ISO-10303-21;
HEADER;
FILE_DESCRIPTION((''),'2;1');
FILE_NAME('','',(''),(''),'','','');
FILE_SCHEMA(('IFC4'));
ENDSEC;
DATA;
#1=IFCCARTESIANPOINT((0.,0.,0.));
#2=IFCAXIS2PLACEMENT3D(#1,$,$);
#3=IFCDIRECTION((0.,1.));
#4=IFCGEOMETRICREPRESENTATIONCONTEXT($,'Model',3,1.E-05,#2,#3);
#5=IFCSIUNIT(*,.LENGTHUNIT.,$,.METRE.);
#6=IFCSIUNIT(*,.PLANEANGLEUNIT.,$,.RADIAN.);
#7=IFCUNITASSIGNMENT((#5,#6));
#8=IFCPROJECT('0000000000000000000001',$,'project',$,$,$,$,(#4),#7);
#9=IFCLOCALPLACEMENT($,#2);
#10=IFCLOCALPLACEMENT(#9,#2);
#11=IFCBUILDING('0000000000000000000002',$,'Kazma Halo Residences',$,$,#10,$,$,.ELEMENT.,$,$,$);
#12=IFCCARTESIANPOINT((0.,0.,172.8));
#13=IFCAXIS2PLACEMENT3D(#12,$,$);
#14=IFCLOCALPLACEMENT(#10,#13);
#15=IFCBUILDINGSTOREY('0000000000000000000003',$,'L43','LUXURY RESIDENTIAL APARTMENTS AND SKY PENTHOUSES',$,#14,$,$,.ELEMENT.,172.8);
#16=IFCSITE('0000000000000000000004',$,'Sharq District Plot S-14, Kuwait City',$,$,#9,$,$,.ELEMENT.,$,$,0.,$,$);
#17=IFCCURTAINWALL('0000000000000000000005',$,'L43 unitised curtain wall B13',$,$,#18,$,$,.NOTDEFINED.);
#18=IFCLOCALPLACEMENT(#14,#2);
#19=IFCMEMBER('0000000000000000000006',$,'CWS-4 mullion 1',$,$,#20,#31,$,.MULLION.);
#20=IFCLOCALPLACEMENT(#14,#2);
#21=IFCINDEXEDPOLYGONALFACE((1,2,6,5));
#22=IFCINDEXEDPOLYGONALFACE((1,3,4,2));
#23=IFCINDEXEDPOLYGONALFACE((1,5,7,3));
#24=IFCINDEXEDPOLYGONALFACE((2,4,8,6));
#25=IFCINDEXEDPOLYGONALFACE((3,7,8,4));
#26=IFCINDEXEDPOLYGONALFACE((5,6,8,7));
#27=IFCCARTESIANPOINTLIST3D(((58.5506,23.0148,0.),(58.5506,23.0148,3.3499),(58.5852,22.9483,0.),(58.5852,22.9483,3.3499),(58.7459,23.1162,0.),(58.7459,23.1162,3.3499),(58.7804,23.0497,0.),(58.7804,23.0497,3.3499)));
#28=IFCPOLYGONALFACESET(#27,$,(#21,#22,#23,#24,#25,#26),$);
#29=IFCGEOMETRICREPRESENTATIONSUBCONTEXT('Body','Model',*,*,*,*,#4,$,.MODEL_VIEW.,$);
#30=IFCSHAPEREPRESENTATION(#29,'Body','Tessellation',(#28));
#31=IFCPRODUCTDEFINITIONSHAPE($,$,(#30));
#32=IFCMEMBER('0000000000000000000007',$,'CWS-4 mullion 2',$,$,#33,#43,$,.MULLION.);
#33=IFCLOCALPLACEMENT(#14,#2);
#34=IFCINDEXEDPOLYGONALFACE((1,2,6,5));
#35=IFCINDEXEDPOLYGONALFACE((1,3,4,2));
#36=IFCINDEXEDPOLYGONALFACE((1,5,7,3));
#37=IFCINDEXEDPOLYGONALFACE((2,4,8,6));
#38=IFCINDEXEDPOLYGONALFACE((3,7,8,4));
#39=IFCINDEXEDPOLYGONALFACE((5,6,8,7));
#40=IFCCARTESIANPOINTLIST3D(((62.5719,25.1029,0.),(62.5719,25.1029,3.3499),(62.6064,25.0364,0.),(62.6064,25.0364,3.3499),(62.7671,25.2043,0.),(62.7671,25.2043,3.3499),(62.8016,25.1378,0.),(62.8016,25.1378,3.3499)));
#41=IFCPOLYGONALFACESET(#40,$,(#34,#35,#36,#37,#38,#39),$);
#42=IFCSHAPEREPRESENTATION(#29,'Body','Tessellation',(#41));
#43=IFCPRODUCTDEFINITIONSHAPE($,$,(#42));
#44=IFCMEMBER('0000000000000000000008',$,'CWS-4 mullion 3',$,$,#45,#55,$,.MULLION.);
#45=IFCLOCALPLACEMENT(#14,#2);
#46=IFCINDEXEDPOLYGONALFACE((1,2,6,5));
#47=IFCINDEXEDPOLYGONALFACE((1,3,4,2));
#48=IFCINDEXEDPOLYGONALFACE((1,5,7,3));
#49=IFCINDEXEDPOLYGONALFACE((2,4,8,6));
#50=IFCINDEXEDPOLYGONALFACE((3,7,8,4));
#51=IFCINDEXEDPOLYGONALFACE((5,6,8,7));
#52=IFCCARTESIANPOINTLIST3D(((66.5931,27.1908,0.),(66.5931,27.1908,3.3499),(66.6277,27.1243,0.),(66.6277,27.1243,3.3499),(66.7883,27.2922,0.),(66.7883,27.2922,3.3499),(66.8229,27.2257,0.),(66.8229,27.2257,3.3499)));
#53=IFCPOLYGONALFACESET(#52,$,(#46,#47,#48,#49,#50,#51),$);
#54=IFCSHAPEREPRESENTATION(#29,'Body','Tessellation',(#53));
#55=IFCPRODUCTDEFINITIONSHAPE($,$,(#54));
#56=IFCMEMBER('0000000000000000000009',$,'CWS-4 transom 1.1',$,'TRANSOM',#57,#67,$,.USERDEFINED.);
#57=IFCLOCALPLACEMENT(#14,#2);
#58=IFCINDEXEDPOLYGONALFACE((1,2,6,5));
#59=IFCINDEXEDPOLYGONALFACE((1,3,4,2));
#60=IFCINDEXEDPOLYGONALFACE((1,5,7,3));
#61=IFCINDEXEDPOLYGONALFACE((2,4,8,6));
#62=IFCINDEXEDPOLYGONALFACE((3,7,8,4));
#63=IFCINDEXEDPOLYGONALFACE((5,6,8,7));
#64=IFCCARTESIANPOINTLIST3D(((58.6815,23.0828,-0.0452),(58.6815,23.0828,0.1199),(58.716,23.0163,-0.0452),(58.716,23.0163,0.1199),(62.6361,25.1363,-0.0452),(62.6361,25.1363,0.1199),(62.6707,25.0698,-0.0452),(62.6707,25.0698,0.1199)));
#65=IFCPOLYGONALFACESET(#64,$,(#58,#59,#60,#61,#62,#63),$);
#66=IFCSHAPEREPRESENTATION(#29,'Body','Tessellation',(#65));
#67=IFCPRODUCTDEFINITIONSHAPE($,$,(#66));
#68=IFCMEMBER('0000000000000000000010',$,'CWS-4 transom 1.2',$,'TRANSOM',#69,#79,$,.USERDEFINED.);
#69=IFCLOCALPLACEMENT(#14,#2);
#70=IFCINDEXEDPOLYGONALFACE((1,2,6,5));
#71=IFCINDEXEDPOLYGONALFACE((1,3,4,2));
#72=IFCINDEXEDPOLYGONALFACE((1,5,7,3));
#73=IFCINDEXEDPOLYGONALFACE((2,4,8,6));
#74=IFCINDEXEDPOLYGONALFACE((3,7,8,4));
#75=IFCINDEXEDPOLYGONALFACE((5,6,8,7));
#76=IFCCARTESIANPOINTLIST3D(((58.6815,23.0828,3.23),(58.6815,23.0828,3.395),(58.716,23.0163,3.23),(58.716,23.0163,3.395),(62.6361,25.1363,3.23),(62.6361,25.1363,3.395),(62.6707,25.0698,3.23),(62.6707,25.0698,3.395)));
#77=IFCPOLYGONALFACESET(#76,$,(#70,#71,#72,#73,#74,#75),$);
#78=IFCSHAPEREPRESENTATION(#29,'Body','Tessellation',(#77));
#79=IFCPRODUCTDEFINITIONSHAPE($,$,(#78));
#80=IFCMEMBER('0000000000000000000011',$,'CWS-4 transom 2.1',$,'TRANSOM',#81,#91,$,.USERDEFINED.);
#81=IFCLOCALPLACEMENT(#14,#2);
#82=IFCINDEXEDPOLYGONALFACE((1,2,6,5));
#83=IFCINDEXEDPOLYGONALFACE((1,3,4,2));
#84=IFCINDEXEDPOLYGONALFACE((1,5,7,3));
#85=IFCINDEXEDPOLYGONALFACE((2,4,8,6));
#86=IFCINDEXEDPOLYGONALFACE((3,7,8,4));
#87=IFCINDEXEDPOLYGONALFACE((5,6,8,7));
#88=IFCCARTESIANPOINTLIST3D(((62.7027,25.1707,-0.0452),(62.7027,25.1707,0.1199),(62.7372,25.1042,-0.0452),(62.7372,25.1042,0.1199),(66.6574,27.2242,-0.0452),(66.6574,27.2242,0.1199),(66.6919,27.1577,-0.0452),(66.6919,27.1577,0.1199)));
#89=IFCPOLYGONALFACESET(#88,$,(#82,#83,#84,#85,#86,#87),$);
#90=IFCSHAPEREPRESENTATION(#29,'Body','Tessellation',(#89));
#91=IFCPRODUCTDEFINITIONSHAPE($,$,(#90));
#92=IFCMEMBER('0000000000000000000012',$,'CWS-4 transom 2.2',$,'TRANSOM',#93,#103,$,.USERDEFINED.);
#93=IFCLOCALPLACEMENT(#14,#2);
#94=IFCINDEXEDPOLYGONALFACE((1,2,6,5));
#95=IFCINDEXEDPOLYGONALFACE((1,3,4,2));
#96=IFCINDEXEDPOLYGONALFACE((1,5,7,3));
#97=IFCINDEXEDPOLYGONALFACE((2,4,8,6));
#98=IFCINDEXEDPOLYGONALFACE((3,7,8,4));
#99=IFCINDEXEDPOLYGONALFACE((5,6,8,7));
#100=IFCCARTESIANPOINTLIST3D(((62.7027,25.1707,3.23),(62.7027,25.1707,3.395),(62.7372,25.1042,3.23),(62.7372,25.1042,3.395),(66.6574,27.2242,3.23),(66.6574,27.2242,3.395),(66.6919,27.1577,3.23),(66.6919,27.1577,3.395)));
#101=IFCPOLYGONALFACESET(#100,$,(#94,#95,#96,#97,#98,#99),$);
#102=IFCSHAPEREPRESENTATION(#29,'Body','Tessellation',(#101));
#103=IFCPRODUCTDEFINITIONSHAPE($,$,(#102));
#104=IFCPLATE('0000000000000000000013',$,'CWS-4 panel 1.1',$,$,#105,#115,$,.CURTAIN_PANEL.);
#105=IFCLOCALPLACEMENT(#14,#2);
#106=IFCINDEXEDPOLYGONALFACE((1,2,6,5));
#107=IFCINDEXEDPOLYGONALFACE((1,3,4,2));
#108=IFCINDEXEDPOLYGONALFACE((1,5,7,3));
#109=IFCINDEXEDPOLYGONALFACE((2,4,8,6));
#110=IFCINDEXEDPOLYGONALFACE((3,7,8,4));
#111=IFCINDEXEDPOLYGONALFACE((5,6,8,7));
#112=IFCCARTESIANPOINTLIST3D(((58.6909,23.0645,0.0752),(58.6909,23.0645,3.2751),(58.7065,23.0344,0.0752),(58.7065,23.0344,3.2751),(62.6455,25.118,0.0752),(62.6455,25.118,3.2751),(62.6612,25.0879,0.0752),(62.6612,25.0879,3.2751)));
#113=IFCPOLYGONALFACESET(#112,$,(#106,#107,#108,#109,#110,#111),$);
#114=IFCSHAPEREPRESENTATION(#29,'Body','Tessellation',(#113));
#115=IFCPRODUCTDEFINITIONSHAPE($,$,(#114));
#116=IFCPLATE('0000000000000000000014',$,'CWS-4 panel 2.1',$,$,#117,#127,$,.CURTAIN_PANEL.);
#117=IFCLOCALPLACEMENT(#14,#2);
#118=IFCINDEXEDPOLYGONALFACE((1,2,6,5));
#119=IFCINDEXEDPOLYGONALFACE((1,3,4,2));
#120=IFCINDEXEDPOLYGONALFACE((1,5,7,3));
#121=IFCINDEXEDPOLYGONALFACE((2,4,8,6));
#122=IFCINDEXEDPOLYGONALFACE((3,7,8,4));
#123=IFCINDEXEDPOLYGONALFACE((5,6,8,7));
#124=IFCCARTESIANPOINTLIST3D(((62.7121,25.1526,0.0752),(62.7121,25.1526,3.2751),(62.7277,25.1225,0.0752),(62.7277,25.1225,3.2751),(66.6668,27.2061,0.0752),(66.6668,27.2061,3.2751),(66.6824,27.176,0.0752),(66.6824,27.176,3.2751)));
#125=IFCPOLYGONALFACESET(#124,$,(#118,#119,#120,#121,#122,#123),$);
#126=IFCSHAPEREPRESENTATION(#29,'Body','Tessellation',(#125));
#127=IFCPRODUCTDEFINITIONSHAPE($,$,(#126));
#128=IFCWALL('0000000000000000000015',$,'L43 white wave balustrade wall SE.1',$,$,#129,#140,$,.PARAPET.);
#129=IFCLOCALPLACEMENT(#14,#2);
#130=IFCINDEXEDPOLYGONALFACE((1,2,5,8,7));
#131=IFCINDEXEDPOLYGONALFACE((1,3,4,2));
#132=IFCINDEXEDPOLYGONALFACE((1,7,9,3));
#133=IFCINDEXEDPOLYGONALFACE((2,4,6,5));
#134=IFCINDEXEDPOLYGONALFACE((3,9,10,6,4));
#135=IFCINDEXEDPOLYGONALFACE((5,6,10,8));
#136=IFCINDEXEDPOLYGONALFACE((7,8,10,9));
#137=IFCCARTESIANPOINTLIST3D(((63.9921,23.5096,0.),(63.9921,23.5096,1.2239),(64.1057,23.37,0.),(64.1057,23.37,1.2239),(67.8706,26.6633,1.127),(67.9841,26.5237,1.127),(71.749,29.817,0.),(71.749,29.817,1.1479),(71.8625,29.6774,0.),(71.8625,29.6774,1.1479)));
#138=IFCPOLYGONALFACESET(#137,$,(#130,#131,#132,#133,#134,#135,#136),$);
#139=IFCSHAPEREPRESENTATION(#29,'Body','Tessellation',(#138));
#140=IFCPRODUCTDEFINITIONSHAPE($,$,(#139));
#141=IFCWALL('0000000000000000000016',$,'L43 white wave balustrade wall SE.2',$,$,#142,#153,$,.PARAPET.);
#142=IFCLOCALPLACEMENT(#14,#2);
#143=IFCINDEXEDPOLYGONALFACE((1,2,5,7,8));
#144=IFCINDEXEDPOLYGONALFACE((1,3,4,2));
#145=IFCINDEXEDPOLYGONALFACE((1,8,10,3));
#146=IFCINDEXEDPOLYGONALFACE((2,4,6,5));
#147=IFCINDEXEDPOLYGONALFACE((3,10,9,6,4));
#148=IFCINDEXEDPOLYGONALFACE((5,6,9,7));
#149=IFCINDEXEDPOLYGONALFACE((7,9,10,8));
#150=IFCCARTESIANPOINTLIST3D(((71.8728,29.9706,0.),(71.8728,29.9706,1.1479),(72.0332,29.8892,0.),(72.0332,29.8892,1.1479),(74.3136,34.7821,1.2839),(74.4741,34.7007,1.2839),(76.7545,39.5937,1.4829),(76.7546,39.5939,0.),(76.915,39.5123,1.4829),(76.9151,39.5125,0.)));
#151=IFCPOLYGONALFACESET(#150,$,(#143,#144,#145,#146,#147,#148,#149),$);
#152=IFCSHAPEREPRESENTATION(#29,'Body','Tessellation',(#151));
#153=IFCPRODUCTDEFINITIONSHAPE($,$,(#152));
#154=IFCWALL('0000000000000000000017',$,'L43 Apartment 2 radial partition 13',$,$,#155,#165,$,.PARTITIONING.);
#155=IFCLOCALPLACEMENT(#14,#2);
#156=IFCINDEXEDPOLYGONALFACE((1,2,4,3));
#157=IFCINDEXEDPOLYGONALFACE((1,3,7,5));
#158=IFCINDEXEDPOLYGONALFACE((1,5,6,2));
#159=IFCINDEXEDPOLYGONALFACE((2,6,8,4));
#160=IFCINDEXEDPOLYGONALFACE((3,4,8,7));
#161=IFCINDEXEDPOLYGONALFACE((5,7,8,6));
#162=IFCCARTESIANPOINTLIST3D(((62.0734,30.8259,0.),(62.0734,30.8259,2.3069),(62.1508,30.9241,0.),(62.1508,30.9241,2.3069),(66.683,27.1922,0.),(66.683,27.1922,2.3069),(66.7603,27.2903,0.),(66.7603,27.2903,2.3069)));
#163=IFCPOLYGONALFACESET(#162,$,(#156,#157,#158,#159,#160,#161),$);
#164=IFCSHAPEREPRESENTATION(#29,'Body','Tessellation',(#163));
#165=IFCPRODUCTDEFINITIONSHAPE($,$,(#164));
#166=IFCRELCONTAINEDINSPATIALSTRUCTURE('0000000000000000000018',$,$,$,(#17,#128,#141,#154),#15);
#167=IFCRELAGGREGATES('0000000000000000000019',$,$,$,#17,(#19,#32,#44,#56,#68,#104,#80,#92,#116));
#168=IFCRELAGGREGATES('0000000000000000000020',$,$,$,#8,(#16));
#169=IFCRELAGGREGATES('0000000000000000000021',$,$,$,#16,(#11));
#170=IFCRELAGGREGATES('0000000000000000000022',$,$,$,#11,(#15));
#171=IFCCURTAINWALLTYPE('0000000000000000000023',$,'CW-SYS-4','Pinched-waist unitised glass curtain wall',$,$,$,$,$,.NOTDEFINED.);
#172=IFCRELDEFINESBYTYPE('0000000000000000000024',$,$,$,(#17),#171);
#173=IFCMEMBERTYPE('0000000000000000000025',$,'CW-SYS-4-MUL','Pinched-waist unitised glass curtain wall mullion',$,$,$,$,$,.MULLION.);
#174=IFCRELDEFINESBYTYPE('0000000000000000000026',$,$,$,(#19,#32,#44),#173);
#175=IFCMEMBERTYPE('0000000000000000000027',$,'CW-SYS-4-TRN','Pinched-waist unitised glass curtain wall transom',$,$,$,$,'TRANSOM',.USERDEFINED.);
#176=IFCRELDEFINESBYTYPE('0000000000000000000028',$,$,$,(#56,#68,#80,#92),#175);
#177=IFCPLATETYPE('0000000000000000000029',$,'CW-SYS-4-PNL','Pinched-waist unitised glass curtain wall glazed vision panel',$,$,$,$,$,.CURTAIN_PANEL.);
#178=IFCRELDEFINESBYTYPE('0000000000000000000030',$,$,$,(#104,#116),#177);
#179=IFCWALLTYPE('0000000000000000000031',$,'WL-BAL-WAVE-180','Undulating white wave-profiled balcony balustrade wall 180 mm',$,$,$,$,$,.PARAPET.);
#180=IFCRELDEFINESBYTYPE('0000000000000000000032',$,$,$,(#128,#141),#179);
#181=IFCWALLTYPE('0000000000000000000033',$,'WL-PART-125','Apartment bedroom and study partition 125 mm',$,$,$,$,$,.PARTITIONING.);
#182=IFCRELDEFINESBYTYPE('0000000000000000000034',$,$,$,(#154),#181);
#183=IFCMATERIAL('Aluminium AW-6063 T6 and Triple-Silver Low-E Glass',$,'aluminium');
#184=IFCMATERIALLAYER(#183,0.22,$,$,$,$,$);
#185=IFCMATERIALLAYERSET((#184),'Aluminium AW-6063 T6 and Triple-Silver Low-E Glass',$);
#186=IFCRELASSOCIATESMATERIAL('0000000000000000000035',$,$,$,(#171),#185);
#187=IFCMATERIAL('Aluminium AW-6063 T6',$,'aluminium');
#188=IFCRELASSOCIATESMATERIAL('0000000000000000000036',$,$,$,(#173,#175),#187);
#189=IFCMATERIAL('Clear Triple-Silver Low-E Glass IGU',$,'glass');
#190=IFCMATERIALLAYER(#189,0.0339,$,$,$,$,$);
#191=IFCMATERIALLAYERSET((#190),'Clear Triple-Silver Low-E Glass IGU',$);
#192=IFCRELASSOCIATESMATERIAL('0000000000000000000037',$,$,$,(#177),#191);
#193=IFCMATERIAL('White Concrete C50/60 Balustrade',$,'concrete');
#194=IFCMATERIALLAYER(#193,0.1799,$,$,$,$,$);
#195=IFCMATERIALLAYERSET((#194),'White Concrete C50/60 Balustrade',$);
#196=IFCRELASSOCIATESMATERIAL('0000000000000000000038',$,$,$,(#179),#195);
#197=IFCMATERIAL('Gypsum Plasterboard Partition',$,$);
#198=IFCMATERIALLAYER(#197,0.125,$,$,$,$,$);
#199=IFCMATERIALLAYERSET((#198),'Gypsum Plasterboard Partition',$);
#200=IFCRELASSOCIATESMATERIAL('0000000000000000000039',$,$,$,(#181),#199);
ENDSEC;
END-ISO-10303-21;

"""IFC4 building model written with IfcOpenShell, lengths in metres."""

from ifc_helpers import new_model, si_unit, direction, frame, frame_2d, origin, origin_2d, place, context, subcontext, project, spatial, polyline, rectangle, outline, extrude, material, layer, layer_set, material_profile, profile_set, type_object, element, aggregate, save


model = new_model("IFC4")

# Units and contexts
model_context = context("Model", 3, precision=1e-05, world=origin(), true_north=direction((0.0, 1.0)))
body_context = subcontext(model_context, "Body", "Model", "MODEL_VIEW")
ifc_project = project(units=[si_unit("LENGTHUNIT", "METRE"), si_unit("PLANEANGLEUNIT", "RADIAN")], contexts=[model_context])

# Site, building, storey
site_placement = place(None, origin())
site = spatial("IfcSite", under=ifc_project, at=site_placement, Name="Sharq District Plot S-14, Kuwait City", CompositionType="ELEMENT", RefElevation=0.0)
building_placement = place(site_placement, origin())
building = spatial("IfcBuilding", under=site, at=building_placement, Name="Kazma Halo Residences", CompositionType="ELEMENT")
storey_placement = place(building_placement, frame((0.0, 0.0, 172.8)))
storey = spatial("IfcBuildingStorey", under=building, at=storey_placement, Name="L43", Description="LUXURY RESIDENTIAL APARTMENTS AND SKY PENTHOUSES", CompositionType="ELEMENT", Elevation=172.8)

# Curtain wall, members, plates
ifc_material_1 = material(Name="Aluminium AW-6063 T6 and Triple-Silver Low-E Glass", Category="aluminium")
ifc_layer_1 = layer(ifc_material_1, 0.22)
ifc_layer_set_1 = layer_set([ifc_layer_1], Name="Aluminium AW-6063 T6 and Triple-Silver Low-E Glass")
curtain_wall_type = type_object("IfcCurtainWallType", Name="CW-SYS-4", Description="Pinched-waist unitised glass curtain wall", PredefinedType="NOTDEFINED", material=ifc_layer_set_1)
curtain_wall_placement = place(storey_placement, origin())
curtain_wall = element("IfcCurtainWall", 1, at=curtain_wall_placement, inside=storey, type_object=curtain_wall_type, Name="L43 unitised curtain wall B13", PredefinedType="NOTDEFINED")
ifc_material_2 = material(Name="Aluminium AW-6063 T6", Category="aluminium")
ifc_material_profile_1 = material_profile(ifc_material_2, rectangle(XDim=0.075, YDim=0.22, at=origin_2d()), Name="CWM-75x220")
ifc_profile_set_1 = profile_set([ifc_material_profile_1], Name="Aluminium AW-6063 T6")
member_type_1 = type_object("IfcMemberType", Name="CW-SYS-4-MUL", Description="Pinched-waist unitised glass curtain wall mullion", PredefinedType="MULLION", material=ifc_profile_set_1)
member_1_placement = place(storey_placement, frame((58.6655, 23.0322, 0.0), z_axis=(0.0, 0.0, 1.0), x_axis=(-0.460837, 0.887485, 0.0)))
member_1 = element("IfcMember", 2, at=member_1_placement, type_object=member_type_1, Name="CWS-4 mullion 1", PredefinedType="MULLION", context=body_context, shape_type="SweptSolid", body=[
    extrude(rectangle(XDim=0.075, YDim=0.22, at=origin_2d()), origin(), (0.0, 0.0, 1.0), 3.3499),
])
member_2_placement = place(storey_placement, frame((62.6868, 25.1204, 0.0), z_axis=(0.0, 0.0, 1.0), x_axis=(-0.460837, 0.887485, 0.0)))
member_2 = element("IfcMember", 3, at=member_2_placement, type_object=member_type_1, Name="CWS-4 mullion 2", PredefinedType="MULLION", context=body_context, shape_type="SweptSolid", body=[
    extrude(rectangle(XDim=0.075, YDim=0.22, at=origin_2d()), origin(), (0.0, 0.0, 1.0), 3.3499),
])
member_3_placement = place(storey_placement, frame((66.708, 27.2083, 0.0), z_axis=(0.0, 0.0, 1.0), x_axis=(-0.460837, 0.887485, 0.0)))
member_3 = element("IfcMember", 4, at=member_3_placement, type_object=member_type_1, Name="CWS-4 mullion 3", PredefinedType="MULLION", context=body_context, shape_type="SweptSolid", body=[
    extrude(rectangle(XDim=0.075, YDim=0.22, at=origin_2d()), origin(), (0.0, 0.0, 1.0), 3.3499),
])
ifc_material_profile_2 = material_profile(ifc_material_2, rectangle(XDim=0.075, YDim=0.165, at=origin_2d()), Name="CWT-75x165")
ifc_profile_set_2 = profile_set([ifc_material_profile_2], Name="Aluminium AW-6063 T6")
member_type_2 = type_object("IfcMemberType", Name="CW-SYS-4-TRN", Description="Pinched-waist unitised glass curtain wall transom", ElementType="TRANSOM", PredefinedType="USERDEFINED", material=ifc_profile_set_2)
member_4_placement = place(storey_placement, frame((58.6987, 23.0496, 0.0374), z_axis=(0.887485, 0.460837, 0.0), x_axis=(-0.460837, 0.887485, 0.0)))
member_4 = element("IfcMember", 5, at=member_4_placement, type_object=member_type_2, Name="CWS-4 transom 1.1", ObjectType="TRANSOM", PredefinedType="USERDEFINED", context=body_context, shape_type="SweptSolid", body=[
    extrude(rectangle(XDim=0.075, YDim=0.165, at=origin_2d()), origin(), (0.0, 0.0, 1.0), 4.4561),
])
member_5_placement = place(storey_placement, frame((58.6987, 23.0496, 3.3125), z_axis=(0.887485, 0.460837, 0.0), x_axis=(-0.460837, 0.887485, 0.0)))
member_5 = element("IfcMember", 6, at=member_5_placement, type_object=member_type_2, Name="CWS-4 transom 1.2", ObjectType="TRANSOM", PredefinedType="USERDEFINED", context=body_context, shape_type="SweptSolid", body=[
    extrude(rectangle(XDim=0.075, YDim=0.165, at=origin_2d()), origin(), (0.0, 0.0, 1.0), 4.4561),
])
member_6_placement = place(storey_placement, frame((62.72, 25.1375, 0.0374), z_axis=(0.887485, 0.460837, 0.0), x_axis=(-0.460837, 0.887485, 0.0)))
member_6 = element("IfcMember", 7, at=member_6_placement, type_object=member_type_2, Name="CWS-4 transom 2.1", ObjectType="TRANSOM", PredefinedType="USERDEFINED", context=body_context, shape_type="SweptSolid", body=[
    extrude(rectangle(XDim=0.075, YDim=0.165, at=origin_2d()), origin(), (0.0, 0.0, 1.0), 4.4561),
])
member_7_placement = place(storey_placement, frame((62.72, 25.1375, 3.3125), z_axis=(0.887485, 0.460837, 0.0), x_axis=(-0.460837, 0.887485, 0.0)))
member_7 = element("IfcMember", 8, at=member_7_placement, type_object=member_type_2, Name="CWS-4 transom 2.2", ObjectType="TRANSOM", PredefinedType="USERDEFINED", context=body_context, shape_type="SweptSolid", body=[
    extrude(rectangle(XDim=0.075, YDim=0.165, at=origin_2d()), origin(), (0.0, 0.0, 1.0), 4.4561),
])
ifc_material_3 = material(Name="Clear Triple-Silver Low-E Glass IGU", Category="glass")
ifc_layer_2 = layer(ifc_material_3, 0.0339)
ifc_layer_set_2 = layer_set([ifc_layer_2], Name="Clear Triple-Silver Low-E Glass IGU")
plate_type = type_object("IfcPlateType", Name="CW-SYS-4-PNL", Description="Pinched-waist unitised glass curtain wall glazed vision panel", PredefinedType="CURTAIN_PANEL", material=ifc_layer_set_2)
plate_1_placement = place(storey_placement, frame((60.676, 24.0762, 0.0752), z_axis=(0.0, 0.0, 1.0), x_axis=(0.887485, 0.460837, 0.0)))
plate_1 = element("IfcPlate", 9, at=plate_1_placement, type_object=plate_type, Name="CWS-4 panel 1.1", PredefinedType="CURTAIN_PANEL", context=body_context, shape_type="SweptSolid", body=[
    extrude(rectangle(XDim=4.4561, YDim=0.0339, at=origin_2d()), origin(), (0.0, 0.0, 1.0), 3.2),
])
plate_2_placement = place(storey_placement, frame((64.6973, 26.1643, 0.0752), z_axis=(0.0, 0.0, 1.0), x_axis=(0.887485, 0.460837, 0.0)))
plate_2 = element("IfcPlate", 10, at=plate_2_placement, type_object=plate_type, Name="CWS-4 panel 2.1", PredefinedType="CURTAIN_PANEL", context=body_context, shape_type="SweptSolid", body=[
    extrude(rectangle(XDim=4.4561, YDim=0.0339, at=origin_2d()), origin(), (0.0, 0.0, 1.0), 3.2),
])
aggregate(curtain_wall, [member_1, member_2, member_3, member_4, member_5, plate_1, member_6, member_7, plate_2])

# Walls
ifc_material_4 = material(Name="White Concrete C50/60 Balustrade", Category="concrete")
ifc_layer_3 = layer(ifc_material_4, 0.1799)
ifc_layer_set_3 = layer_set([ifc_layer_3], Name="White Concrete C50/60 Balustrade")
wall_type_1 = type_object("IfcWallType", Name="WL-BAL-WAVE-180", Description="Undulating white wave-profiled balcony balustrade wall 180 mm", PredefinedType="PARAPET", material=ifc_layer_set_3)
wall_1_placement = place(storey_placement, frame((64.0488, 23.4399, 0.0), z_axis=(0.0, 0.0, 1.0), x_axis=(0.775872, 0.63089, 0.0)))
element("IfcWall", 11, at=wall_1_placement, inside=storey, type_object=wall_type_1, Name="L43 white wave balustrade wall SE.1", PredefinedType="PARAPET", context=body_context, shape_type="SweptSolid", body=[
    extrude(outline(polyline([(0.0, 0.0), (9.9976, 0.0), (9.9976, 1.1479), (4.9988, 1.127), (0.0, 1.2239), (0.0, 0.0)])), frame((0.0, 0.0898, 0.0), z_axis=(0.0, -1.0, 0.0), x_axis=(1.0, 0.0, 0.0)), (0.0, 0.0, 1.0), 0.1799),
])
wall_2_placement = place(storey_placement, frame((71.9529, 29.9299, 0.0), z_axis=(0.0, 0.0, 1.0), x_axis=(0.45241, 0.89181, 0.0)))
element("IfcWall", 12, at=wall_2_placement, inside=storey, type_object=wall_type_1, Name="L43 white wave balustrade wall SE.2", PredefinedType="PARAPET", context=body_context, shape_type="SweptSolid", body=[
    extrude(outline(polyline([(0.0, 0.0), (10.7908, 0.0), (10.7905, 1.4829), (5.3953, 1.2839), (0.0, 1.1479), (0.0, 0.0)])), frame((0.0, 0.0898, 0.0), z_axis=(0.0, -1.0, 0.0), x_axis=(1.0, 0.0, 0.0)), (0.0, 0.0, 1.0), 0.1799),
])

# Wall
ifc_material_5 = material(Name="Gypsum Plasterboard Partition")
ifc_layer_4 = layer(ifc_material_5, 0.125)
ifc_layer_set_4 = layer_set([ifc_layer_4], Name="Gypsum Plasterboard Partition")
wall_type_2 = type_object("IfcWallType", Name="WL-PART-125", Description="Apartment bedroom and study partition 125 mm", PredefinedType="PARTITIONING", material=ifc_layer_set_4)
wall_3_placement = place(storey_placement, frame((62.1121, 30.875, 0.0), z_axis=(0.0, 0.0, 1.0), x_axis=(0.785329, -0.619079, 0.0)))
element("IfcWall", 13, at=wall_3_placement, inside=storey, type_object=wall_type_2, Name="L43 Apartment 2 radial partition 13", PredefinedType="PARTITIONING", context=body_context, shape_type="SweptSolid", body=[
    extrude(rectangle(XDim=5.8696, YDim=0.125, at=frame_2d((2.9348, 0.0))), origin(), (0.0, 0.0, 1.0), 2.3069),
])

save(model, "model.ifc")
